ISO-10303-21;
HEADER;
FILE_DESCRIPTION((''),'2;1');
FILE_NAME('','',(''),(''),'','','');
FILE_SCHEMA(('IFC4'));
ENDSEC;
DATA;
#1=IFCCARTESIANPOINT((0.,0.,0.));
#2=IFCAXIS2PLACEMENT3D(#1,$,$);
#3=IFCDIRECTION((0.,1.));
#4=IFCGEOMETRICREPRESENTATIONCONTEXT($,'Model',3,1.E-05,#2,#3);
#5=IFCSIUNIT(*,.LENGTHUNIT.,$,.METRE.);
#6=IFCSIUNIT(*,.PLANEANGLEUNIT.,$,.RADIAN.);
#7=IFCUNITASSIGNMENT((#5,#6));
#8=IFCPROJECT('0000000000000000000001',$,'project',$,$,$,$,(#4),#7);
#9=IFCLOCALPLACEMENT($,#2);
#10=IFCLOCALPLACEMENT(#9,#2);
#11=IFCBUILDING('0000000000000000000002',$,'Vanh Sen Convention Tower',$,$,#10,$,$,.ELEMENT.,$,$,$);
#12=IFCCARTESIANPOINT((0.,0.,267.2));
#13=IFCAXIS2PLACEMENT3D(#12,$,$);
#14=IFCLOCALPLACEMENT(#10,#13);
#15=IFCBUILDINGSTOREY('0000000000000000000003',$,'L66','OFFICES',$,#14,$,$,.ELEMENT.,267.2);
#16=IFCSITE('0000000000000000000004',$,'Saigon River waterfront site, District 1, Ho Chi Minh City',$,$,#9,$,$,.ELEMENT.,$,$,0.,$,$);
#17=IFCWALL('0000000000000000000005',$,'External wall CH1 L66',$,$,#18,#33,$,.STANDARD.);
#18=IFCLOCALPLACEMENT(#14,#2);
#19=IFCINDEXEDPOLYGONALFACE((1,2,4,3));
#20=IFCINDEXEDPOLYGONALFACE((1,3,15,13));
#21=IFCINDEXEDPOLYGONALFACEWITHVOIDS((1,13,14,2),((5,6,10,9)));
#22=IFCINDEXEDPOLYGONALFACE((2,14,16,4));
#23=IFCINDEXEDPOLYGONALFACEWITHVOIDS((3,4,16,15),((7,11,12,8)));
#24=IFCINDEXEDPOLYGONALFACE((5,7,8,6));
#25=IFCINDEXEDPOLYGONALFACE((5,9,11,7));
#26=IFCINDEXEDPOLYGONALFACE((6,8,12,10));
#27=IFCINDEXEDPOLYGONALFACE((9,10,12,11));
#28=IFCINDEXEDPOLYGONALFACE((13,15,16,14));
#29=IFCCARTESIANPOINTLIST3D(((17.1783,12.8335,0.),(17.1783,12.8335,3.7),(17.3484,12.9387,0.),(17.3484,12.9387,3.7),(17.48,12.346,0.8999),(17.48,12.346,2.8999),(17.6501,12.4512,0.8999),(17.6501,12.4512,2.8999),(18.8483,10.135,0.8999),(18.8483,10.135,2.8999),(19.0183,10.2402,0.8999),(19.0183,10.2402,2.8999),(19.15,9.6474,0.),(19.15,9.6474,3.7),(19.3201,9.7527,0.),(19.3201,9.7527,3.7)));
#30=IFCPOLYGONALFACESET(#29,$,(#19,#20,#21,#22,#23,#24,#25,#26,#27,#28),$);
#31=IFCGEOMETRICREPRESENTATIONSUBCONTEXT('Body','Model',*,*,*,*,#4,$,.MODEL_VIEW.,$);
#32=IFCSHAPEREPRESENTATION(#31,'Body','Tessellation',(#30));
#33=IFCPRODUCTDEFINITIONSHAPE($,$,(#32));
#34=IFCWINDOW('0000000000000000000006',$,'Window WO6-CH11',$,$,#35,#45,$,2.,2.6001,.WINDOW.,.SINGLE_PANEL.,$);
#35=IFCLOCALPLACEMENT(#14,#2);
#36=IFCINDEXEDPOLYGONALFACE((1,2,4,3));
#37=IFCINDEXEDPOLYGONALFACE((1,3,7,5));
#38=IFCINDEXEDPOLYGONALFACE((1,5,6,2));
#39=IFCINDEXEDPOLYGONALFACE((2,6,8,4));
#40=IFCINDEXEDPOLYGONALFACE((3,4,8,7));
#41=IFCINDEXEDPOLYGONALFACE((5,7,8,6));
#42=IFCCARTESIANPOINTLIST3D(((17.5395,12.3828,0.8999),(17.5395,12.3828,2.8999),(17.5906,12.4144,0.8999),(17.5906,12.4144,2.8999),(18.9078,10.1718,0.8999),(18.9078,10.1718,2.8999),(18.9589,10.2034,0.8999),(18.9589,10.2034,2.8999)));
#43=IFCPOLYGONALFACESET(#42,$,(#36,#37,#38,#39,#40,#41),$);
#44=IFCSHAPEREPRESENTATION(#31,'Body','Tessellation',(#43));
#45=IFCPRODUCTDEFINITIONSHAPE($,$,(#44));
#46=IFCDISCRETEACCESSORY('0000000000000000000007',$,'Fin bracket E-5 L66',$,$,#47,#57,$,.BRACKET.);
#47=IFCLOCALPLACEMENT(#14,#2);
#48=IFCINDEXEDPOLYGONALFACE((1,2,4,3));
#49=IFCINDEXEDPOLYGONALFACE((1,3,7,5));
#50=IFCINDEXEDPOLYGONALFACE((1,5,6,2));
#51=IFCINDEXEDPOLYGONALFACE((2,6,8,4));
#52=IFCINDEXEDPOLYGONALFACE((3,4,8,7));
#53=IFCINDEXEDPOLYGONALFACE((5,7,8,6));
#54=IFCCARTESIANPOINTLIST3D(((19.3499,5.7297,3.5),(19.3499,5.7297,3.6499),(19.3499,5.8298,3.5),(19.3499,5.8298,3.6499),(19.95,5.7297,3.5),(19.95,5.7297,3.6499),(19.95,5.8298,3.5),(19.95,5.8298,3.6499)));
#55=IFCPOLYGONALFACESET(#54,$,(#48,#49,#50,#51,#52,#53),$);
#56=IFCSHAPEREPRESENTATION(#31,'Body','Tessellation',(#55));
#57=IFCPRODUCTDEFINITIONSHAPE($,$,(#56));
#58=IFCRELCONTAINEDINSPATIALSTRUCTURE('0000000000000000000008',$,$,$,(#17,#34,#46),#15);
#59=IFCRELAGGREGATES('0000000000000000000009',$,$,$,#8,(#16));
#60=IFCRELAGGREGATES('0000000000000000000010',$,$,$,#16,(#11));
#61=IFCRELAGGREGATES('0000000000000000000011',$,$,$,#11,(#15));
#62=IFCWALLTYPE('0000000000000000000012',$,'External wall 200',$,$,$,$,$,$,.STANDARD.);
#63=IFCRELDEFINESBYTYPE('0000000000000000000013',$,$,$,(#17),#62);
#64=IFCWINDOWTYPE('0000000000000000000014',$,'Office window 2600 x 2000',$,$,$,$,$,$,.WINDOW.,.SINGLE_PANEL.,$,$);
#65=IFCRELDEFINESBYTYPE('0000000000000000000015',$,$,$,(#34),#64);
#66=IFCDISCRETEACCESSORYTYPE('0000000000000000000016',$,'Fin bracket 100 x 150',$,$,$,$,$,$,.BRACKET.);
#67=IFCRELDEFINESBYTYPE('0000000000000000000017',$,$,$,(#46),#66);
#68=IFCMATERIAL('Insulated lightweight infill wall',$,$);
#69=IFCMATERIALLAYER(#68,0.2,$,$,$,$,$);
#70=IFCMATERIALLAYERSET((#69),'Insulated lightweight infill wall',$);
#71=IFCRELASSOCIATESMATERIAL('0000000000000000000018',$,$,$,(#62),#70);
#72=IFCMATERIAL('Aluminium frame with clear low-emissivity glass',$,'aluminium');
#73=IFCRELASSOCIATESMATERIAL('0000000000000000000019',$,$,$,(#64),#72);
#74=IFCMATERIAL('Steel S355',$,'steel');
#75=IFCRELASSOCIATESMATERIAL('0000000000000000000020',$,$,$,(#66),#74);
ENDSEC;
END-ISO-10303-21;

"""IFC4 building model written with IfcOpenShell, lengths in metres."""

from ifc_helpers import new_model, si_unit, direction, frame, frame_2d, origin, origin_2d, place, context, subcontext, project, spatial, rectangle, extrude, material, layer, layer_set, type_object, element, fill, save


model = new_model("IFC4")

# Units and contexts
model_context = context("Model", 3, precision=1e-05, world=origin(), true_north=direction((0.0, 1.0)))
body_context = subcontext(model_context, "Body", "Model", "MODEL_VIEW")
ifc_project = project(units=[si_unit("LENGTHUNIT", "METRE"), si_unit("PLANEANGLEUNIT", "RADIAN")], contexts=[model_context])

# Site, building, storey
site_placement = place(None, origin())
site = spatial("IfcSite", under=ifc_project, at=site_placement, Name="Saigon River waterfront site, District 1, Ho Chi Minh City", CompositionType="ELEMENT", RefElevation=0.0)
building_placement = place(site_placement, origin())
building = spatial("IfcBuilding", under=site, at=building_placement, Name="Vanh Sen Convention Tower", CompositionType="ELEMENT")
storey_placement = place(building_placement, frame((0.0, 0.0, 267.2)))
storey = spatial("IfcBuildingStorey", under=building, at=storey_placement, Name="L66", Description="OFFICES", CompositionType="ELEMENT", Elevation=267.2)

# Wall, opening, window
ifc_material_1 = material(Name="Insulated lightweight infill wall")
ifc_layer_1 = layer(ifc_material_1, 0.2)
ifc_layer_set_1 = layer_set([ifc_layer_1], Name="Insulated lightweight infill wall")
wall_type_1 = type_object("IfcWallType", Name="External wall 200", PredefinedType="STANDARD", material=ifc_layer_set_1)
wall_1_placement = place(storey_placement, frame((19.2351, 9.7, 0.0), z_axis=(0.0, 0.0, 1.0), x_axis=(-0.526233, 0.85034, 0.0)))
wall_1 = element("IfcWall", 1, at=wall_1_placement, inside=storey, type_object=wall_type_1, Name="External wall CH1 L66", PredefinedType="STANDARD", context=body_context, shape_type="SweptSolid", body=[
    extrude(rectangle(XDim=3.7468, YDim=0.2, at=frame_2d((1.8735, 0.0))), origin(), (0.0, 0.0, 1.0), 3.7),
])
opening_1_placement = place(wall_1_placement, frame((0.5735, 0.0, 0.8999)))
opening_1 = element("IfcOpeningElement", 2, at=opening_1_placement, cuts=wall_1, PredefinedType="OPENING", context=body_context, shape_type="SweptSolid", body=[
    extrude(rectangle(XDim=2.6001, YDim=2.0, at=frame_2d((1.3, 1.0))), frame((0.0, 0.1099, 0.0), z_axis=(0.0, -1.0, 0.0), x_axis=(1.0, 0.0, 0.0)), (0.0, 0.0, 1.0), 0.22),
])
ifc_material_2 = material(Name="Aluminium frame with clear low-emissivity glass", Category="aluminium")
window_type = type_object("IfcWindowType", Name="Office window 2600 x 2000", PartitioningType="SINGLE_PANEL", PredefinedType="WINDOW", material=ifc_material_2)
window_placement = place(opening_1_placement, origin())
window = element("IfcWindow", 3, at=window_placement, inside=storey, type_object=window_type, Name="Window WO6-CH11", OverallHeight=2.0, OverallWidth=2.6001, PartitioningType="SINGLE_PANEL", PredefinedType="WINDOW", context=body_context, shape_type="SweptSolid", body=[
    extrude(rectangle(XDim=2.6001, YDim=2.0, at=frame_2d((1.3, 1.0))), frame((0.0, 0.03, 0.0), z_axis=(0.0, -1.0, 0.0), x_axis=(1.0, 0.0, 0.0)), (0.0, 0.0, 1.0), 0.0601),
])
fill(opening_1, window)

# Discrete accessory
ifc_material_3 = material(Name="Steel S355", Category="steel")
discrete_accessory_type = type_object("IfcDiscreteAccessoryType", Name="Fin bracket 100 x 150", PredefinedType="BRACKET", material=ifc_material_3)
discrete_accessory_placement = place(storey_placement, frame((19.6499, 5.7798, 3.5), z_axis=(0.0, 0.0, 1.0), x_axis=(1.0, 0.0, 0.0)))
element("IfcDiscreteAccessory", 4, at=discrete_accessory_placement, inside=storey, type_object=discrete_accessory_type, Name="Fin bracket E-5 L66", PredefinedType="BRACKET", context=body_context, shape_type="SweptSolid", body=[
    extrude(rectangle(XDim=0.6001, YDim=0.1001, at=origin_2d()), origin(), (0.0, 0.0, 1.0), 0.1499),
])

save(model, "model.ifc")
